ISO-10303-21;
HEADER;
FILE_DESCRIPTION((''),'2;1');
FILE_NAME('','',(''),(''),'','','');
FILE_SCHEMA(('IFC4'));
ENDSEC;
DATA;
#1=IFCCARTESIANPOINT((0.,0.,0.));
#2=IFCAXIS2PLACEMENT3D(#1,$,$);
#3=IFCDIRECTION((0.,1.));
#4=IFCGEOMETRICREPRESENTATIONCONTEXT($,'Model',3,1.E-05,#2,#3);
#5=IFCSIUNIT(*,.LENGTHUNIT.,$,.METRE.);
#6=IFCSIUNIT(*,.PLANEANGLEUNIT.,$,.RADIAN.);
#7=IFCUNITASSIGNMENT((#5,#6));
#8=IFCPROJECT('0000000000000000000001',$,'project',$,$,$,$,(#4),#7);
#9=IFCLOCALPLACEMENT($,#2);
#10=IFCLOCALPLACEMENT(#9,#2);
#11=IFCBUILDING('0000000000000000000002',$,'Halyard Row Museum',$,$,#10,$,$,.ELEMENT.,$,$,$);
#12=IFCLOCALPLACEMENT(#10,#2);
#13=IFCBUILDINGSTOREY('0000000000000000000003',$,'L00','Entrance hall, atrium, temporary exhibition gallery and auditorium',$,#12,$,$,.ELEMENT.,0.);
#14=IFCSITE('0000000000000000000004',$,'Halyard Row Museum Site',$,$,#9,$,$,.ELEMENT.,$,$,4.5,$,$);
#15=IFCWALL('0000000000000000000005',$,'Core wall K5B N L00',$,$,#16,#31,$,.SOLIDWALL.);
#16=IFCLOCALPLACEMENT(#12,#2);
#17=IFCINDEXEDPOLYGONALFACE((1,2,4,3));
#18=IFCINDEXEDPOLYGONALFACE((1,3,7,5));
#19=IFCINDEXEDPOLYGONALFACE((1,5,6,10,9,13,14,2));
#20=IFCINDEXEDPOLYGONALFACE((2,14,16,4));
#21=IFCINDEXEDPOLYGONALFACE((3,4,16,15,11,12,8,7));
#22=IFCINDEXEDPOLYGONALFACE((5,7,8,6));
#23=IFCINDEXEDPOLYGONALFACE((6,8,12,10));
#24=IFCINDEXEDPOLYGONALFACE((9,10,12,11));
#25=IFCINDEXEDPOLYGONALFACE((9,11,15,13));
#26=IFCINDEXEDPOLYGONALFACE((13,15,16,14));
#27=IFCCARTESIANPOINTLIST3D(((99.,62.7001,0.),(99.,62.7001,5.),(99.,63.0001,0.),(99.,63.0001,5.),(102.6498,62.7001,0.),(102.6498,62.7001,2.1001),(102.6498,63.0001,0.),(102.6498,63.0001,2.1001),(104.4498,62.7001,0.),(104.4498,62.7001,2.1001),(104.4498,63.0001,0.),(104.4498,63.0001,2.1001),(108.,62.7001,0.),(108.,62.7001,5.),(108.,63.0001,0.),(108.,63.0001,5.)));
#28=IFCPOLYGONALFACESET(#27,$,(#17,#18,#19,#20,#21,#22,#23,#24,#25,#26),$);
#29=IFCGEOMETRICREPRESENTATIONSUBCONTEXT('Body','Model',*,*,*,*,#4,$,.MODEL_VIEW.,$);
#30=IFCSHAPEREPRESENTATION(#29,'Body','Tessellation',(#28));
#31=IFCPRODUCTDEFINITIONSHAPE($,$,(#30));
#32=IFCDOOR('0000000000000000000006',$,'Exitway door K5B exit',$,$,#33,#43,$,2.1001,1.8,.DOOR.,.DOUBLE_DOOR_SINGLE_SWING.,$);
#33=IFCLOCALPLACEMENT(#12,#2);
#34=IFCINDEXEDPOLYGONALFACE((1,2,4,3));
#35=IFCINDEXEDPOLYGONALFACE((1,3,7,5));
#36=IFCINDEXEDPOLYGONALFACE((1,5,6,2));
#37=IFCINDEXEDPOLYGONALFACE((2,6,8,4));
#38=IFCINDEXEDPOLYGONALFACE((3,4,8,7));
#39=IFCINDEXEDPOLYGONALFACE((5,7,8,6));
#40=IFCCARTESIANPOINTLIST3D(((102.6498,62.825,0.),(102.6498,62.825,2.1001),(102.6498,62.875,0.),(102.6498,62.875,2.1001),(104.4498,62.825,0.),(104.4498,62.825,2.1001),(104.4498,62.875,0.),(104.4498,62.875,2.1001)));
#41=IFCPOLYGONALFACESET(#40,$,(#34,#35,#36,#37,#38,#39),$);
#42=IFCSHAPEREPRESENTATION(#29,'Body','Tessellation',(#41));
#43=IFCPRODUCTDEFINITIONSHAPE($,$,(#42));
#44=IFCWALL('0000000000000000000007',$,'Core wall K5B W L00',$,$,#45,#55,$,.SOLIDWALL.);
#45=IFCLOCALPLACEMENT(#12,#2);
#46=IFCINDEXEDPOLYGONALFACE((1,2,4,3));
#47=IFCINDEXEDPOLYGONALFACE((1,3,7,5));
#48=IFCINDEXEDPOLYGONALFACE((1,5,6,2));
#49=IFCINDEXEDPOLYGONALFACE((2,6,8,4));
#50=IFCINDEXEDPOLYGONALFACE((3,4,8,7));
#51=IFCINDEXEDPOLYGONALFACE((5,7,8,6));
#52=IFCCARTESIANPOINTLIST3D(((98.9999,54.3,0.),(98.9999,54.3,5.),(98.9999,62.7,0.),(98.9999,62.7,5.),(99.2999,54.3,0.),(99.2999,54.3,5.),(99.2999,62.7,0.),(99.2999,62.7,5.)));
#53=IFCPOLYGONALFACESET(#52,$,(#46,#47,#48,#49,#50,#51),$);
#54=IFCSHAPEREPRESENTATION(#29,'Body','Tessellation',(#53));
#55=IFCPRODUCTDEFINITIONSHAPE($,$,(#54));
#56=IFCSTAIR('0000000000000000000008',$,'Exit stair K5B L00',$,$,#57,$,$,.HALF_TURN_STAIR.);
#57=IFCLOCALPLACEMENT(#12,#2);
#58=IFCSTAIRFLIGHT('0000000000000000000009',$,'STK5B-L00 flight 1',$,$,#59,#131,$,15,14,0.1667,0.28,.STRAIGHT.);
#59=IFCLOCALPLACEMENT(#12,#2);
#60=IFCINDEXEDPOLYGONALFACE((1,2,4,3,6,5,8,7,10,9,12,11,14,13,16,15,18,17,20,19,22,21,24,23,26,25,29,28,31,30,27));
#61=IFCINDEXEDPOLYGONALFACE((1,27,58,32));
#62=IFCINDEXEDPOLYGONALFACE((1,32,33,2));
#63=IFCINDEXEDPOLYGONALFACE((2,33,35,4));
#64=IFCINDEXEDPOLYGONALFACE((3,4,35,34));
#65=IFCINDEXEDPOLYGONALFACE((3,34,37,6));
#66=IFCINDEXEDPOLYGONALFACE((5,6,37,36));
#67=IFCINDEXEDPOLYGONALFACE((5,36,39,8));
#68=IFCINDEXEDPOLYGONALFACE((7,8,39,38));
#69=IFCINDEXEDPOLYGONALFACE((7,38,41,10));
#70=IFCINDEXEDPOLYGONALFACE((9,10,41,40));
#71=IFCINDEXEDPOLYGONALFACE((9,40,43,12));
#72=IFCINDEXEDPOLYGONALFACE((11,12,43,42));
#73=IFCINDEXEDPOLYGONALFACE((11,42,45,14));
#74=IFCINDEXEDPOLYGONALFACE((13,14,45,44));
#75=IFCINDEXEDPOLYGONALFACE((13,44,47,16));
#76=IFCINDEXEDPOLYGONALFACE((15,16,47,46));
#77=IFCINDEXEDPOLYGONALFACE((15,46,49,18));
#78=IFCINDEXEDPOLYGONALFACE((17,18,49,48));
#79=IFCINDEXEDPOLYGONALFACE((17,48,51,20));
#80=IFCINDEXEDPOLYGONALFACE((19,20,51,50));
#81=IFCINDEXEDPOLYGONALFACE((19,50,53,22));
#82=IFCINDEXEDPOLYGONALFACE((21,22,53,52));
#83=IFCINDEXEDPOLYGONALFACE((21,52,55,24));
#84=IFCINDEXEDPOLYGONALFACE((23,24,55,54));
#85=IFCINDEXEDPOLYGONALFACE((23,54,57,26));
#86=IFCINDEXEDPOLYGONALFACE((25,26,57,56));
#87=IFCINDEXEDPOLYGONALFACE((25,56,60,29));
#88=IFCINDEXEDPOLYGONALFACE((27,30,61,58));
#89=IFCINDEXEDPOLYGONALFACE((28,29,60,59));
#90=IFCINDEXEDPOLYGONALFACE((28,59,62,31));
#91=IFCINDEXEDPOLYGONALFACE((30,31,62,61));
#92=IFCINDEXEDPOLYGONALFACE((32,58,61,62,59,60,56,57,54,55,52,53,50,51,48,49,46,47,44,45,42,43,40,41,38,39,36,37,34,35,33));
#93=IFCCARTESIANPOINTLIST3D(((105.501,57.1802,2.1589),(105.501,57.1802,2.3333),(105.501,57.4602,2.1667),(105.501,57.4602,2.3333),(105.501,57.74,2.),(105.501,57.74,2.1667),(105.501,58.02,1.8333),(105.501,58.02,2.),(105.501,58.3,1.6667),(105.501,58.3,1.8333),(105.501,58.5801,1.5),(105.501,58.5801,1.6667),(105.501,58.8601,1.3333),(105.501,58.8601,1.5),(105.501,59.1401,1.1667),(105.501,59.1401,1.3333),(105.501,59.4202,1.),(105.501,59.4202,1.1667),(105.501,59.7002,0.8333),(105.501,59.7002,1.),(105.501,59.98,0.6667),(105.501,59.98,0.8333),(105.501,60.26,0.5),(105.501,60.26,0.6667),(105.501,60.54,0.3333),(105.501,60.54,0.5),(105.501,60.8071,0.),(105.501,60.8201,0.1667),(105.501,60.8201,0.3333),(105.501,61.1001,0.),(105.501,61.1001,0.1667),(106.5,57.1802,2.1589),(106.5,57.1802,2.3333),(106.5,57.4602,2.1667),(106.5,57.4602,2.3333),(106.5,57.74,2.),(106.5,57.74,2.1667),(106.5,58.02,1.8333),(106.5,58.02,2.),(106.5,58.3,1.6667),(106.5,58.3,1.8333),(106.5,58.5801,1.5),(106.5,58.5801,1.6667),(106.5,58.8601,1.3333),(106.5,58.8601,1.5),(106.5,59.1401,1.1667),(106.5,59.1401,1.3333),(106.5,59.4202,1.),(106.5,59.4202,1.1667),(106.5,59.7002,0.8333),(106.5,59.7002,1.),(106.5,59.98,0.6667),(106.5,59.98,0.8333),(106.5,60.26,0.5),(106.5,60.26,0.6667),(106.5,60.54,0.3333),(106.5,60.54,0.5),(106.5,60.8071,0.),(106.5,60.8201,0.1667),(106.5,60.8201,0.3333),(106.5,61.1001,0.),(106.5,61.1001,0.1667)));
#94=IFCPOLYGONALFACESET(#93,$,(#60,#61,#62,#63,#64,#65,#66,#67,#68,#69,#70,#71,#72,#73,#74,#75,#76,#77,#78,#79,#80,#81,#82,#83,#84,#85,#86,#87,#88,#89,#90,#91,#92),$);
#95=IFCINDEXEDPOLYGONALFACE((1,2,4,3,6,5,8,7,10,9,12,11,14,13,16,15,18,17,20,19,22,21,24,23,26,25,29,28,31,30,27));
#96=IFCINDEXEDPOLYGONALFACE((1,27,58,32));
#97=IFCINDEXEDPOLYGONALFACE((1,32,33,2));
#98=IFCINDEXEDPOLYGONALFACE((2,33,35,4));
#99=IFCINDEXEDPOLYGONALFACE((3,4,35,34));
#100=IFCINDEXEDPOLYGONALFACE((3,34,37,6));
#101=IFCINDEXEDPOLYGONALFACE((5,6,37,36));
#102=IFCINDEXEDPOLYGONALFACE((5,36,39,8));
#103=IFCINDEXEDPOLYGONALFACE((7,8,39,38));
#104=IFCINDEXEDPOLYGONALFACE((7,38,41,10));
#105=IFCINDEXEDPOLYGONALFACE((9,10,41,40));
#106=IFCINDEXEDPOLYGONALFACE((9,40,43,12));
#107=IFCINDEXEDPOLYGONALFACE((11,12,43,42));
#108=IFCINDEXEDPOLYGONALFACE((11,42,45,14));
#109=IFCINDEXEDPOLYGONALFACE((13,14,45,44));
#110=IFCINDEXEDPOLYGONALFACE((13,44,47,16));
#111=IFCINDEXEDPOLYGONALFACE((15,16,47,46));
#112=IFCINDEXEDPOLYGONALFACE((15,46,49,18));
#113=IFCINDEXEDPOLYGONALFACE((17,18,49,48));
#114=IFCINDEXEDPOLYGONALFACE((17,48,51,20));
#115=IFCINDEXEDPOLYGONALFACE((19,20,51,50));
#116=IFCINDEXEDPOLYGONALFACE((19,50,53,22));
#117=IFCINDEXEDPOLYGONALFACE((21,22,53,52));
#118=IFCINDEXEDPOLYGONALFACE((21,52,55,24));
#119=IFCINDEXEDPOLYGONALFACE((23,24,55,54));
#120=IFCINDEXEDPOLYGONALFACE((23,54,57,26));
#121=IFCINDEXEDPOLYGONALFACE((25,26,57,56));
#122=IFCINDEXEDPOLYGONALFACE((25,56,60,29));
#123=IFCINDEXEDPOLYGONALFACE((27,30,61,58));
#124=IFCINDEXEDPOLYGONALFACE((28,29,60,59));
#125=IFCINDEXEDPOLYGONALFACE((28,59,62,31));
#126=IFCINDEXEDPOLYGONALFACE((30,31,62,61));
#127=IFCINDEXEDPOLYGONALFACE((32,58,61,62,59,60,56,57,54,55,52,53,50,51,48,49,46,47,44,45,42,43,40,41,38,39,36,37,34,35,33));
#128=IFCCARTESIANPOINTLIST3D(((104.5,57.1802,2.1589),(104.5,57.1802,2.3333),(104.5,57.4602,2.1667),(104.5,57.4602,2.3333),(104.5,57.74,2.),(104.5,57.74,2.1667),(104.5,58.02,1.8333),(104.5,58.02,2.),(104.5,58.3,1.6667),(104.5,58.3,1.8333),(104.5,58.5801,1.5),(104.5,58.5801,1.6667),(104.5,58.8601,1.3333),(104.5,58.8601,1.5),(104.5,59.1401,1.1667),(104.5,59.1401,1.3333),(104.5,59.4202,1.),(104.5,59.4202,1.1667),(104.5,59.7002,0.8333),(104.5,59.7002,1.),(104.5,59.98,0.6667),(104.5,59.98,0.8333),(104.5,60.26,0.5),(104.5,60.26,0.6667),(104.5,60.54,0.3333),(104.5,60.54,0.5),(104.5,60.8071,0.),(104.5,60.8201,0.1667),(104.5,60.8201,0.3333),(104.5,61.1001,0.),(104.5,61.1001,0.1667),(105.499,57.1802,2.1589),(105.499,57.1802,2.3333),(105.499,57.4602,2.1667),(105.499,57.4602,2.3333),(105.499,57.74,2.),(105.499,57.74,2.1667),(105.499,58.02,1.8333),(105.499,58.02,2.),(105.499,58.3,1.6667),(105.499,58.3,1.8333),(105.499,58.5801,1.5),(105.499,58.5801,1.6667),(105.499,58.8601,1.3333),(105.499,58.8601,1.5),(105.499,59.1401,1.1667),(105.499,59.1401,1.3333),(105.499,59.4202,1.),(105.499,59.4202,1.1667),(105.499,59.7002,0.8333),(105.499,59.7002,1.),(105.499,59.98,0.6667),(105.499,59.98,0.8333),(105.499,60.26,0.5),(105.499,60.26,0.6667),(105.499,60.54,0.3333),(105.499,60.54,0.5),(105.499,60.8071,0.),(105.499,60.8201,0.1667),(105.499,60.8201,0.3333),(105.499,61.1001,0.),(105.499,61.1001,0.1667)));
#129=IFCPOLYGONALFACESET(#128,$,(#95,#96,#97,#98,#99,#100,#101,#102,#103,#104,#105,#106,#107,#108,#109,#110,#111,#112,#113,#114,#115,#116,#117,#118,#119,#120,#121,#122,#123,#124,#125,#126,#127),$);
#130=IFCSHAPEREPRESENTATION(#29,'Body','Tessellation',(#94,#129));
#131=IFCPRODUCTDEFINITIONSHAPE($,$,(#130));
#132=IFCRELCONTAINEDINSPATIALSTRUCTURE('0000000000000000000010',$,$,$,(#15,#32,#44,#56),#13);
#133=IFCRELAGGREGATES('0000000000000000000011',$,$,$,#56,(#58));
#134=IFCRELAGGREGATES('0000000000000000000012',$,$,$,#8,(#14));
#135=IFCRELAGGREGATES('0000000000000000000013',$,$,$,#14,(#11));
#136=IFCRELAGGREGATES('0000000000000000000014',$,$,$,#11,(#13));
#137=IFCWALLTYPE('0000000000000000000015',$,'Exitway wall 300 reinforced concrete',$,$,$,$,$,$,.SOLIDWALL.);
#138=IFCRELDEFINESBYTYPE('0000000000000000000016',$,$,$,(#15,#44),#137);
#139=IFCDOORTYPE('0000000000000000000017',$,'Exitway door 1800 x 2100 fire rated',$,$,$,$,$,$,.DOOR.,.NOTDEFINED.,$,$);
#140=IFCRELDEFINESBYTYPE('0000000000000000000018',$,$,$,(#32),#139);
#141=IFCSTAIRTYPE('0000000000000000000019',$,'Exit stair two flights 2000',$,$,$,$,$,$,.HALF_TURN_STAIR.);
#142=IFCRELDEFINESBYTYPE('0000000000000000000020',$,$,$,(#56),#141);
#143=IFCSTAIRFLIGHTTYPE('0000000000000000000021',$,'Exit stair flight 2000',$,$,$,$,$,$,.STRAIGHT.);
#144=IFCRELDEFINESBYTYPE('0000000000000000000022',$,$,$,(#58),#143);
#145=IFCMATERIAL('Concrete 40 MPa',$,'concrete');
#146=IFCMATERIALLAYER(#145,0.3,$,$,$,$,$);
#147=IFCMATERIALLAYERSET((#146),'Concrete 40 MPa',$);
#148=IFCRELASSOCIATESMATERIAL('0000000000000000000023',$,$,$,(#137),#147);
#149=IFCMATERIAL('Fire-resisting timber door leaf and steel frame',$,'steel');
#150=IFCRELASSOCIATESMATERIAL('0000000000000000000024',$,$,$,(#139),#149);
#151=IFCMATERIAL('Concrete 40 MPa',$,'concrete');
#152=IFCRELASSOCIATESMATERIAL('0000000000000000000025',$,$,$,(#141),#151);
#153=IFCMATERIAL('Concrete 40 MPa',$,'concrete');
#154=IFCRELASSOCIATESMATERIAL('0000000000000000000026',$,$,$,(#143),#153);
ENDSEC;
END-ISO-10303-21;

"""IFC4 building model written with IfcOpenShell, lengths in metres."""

from ifc_helpers import new_model, si_unit, direction, frame, frame_2d, origin, place, context, subcontext, project, spatial, polyline, rectangle, outline, extrude, material, layer, layer_set, type_object, element, fill, aggregate, save


model = new_model("IFC4")

# Units and contexts
model_context = context("Model", 3, precision=1e-05, world=origin(), true_north=direction((0.0, 1.0)))
body_context = subcontext(model_context, "Body", "Model", "MODEL_VIEW")
ifc_project = project(units=[si_unit("LENGTHUNIT", "METRE"), si_unit("PLANEANGLEUNIT", "RADIAN")], contexts=[model_context])

# Site, building, storey
site_placement = place(None, origin())
site = spatial("IfcSite", under=ifc_project, at=site_placement, Name="Halyard Row Museum Site", CompositionType="ELEMENT", RefElevation=4.5)
building_placement = place(site_placement, origin())
building = spatial("IfcBuilding", under=site, at=building_placement, Name="Halyard Row Museum", CompositionType="ELEMENT")
storey_placement = place(building_placement, origin())
storey = spatial("IfcBuildingStorey", under=building, at=storey_placement, Name="L00", Description="Entrance hall, atrium, temporary exhibition gallery and auditorium", CompositionType="ELEMENT", Elevation=0.0)

# Shared definitions
ifc_material_1 = material(Name="Concrete 40 MPa", Category="concrete")
ifc_layer_1 = layer(ifc_material_1, 0.3)
ifc_layer_set_1 = layer_set([ifc_layer_1], Name="Concrete 40 MPa")
wall_type_1 = type_object("IfcWallType", Name="Exitway wall 300 reinforced concrete", PredefinedType="SOLIDWALL", material=ifc_layer_set_1)

# Wall, opening, door
wall_1_placement = place(storey_placement, frame((99.0, 62.8501, 0.0), z_axis=(0.0, 0.0, 1.0), x_axis=(1.0, 0.0, 0.0)))
wall_1 = element("IfcWall", 1, at=wall_1_placement, inside=storey, type_object=wall_type_1, Name="Core wall K5B N L00", PredefinedType="SOLIDWALL", context=body_context, shape_type="SweptSolid", body=[
    extrude(rectangle(XDim=9.0, YDim=0.3, at=frame_2d((4.5, 0.0))), origin(), (0.0, 0.0, 1.0), 5.0),
])
opening_1_placement = place(wall_1_placement, frame((3.6499, 0.0, 0.0)))
opening_1 = element("IfcOpeningElement", 2, at=opening_1_placement, cuts=wall_1, PredefinedType="OPENING", context=body_context, shape_type="SweptSolid", body=[
    extrude(rectangle(XDim=1.8, YDim=2.1001, at=frame_2d((0.8999, 1.05))), frame((0.0, 0.1599, 0.0), z_axis=(0.0, -1.0, 0.0), x_axis=(1.0, 0.0, 0.0)), (0.0, 0.0, 1.0), 0.3201),
])
ifc_material_2 = material(Name="Fire-resisting timber door leaf and steel frame", Category="steel")
door_type_1 = type_object("IfcDoorType", Name="Exitway door 1800 x 2100 fire rated", OperationType="NOTDEFINED", PredefinedType="DOOR", material=ifc_material_2)
door_1_placement = place(opening_1_placement, origin())
door_1 = element("IfcDoor", 3, at=door_1_placement, inside=storey, type_object=door_type_1, Name="Exitway door K5B exit", OperationType="DOUBLE_DOOR_SINGLE_SWING", OverallHeight=2.1001, OverallWidth=1.8, PredefinedType="DOOR", context=body_context, shape_type="SweptSolid", body=[
    extrude(rectangle(XDim=1.8, YDim=2.1001, at=frame_2d((0.8999, 1.05))), frame((0.0, 0.0249, 0.0), z_axis=(0.0, -1.0, 0.0), x_axis=(1.0, 0.0, 0.0)), (0.0, 0.0, 1.0), 0.05),
])
fill(opening_1, door_1)

# Wall
wall_2_placement = place(storey_placement, frame((99.1499, 54.3, 0.0), z_axis=(0.0, 0.0, 1.0), x_axis=(0.0, 1.0, 0.0)))
element("IfcWall", 4, at=wall_2_placement, inside=storey, type_object=wall_type_1, Name="Core wall K5B W L00", PredefinedType="SOLIDWALL", context=body_context, shape_type="SweptSolid", body=[
    extrude(rectangle(XDim=8.3999, YDim=0.3, at=frame_2d((4.2, 0.0))), origin(), (0.0, 0.0, 1.0), 5.0),
])

# Stair, stair flight
ifc_material_3 = material(Name="Concrete 40 MPa", Category="concrete")
stair_type_1 = type_object("IfcStairType", Name="Exit stair two flights 2000", PredefinedType="HALF_TURN_STAIR", material=ifc_material_3)
stair_1_placement = place(storey_placement, origin())
stair_1 = element("IfcStair", 5, at=stair_1_placement, inside=storey, type_object=stair_type_1, Name="Exit stair K5B L00", PredefinedType="HALF_TURN_STAIR")
ifc_material_4 = material(Name="Concrete 40 MPa", Category="concrete")
stair_flight_type_1 = type_object("IfcStairFlightType", Name="Exit stair flight 2000", PredefinedType="STRAIGHT", material=ifc_material_4)
stair_flight_1_placement = place(storey_placement, frame((105.5, 61.1001, 0.0), z_axis=(0.0, 0.0, 1.0), x_axis=(0.0, -1.0, 0.0)))
stair_flight_1 = element("IfcStairFlight", 6, at=stair_flight_1_placement, type_object=stair_flight_type_1, Name="STK5B-L00 flight 1", NumberOfRisers=15, NumberOfTreads=14, PredefinedType="STRAIGHT", RiserHeight=0.1667, TreadLength=0.28, context=body_context, shape_type="SweptSolid", body=[
    extrude(outline(polyline([(0.0, 0.0), (0.0, 0.1667), (0.28, 0.1667), (0.28, 0.3333), (0.5601, 0.3333), (0.5601, 0.5), (0.8401, 0.5), (0.8401, 0.6667), (1.1201, 0.6667), (1.1201, 0.8333), (1.3999, 0.8333), (1.3999, 1.0), (1.6799, 1.0), (1.6799, 1.1667), (1.96, 1.1667), (1.96, 1.3333), (2.24, 1.3333), (2.24, 1.5), (2.52, 1.5), (2.52, 1.6667), (2.8, 1.6667), (2.8, 1.8333), (3.0801, 1.8333), (3.0801, 2.0), (3.3601, 2.0), (3.3601, 2.1667), (3.6399, 2.1667), (3.6399, 2.3333), (3.9199, 2.3333), (3.9199, 2.5), (3.9199, 2.1589), (0.293, 0.0), (0.0, 0.0)])), frame((0.0, 1.0, 0.0), z_axis=(0.0, -1.0, 0.0), x_axis=(1.0, 0.0, 0.0)), (0.0, 0.0, 1.0), 0.999),
    extrude(outline(polyline([(0.0, 0.0), (0.0, 0.1667), (0.28, 0.1667), (0.28, 0.3333), (0.5601, 0.3333), (0.5601, 0.5), (0.8401, 0.5), (0.8401, 0.6667), (1.1201, 0.6667), (1.1201, 0.8333), (1.3999, 0.8333), (1.3999, 1.0), (1.6799, 1.0), (1.6799, 1.1667), (1.96, 1.1667), (1.96, 1.3333), (2.24, 1.3333), (2.24, 1.5), (2.52, 1.5), (2.52, 1.6667), (2.8, 1.6667), (2.8, 1.8333), (3.0801, 1.8333), (3.0801, 2.0), (3.3601, 2.0), (3.3601, 2.1667), (3.6399, 2.1667), (3.6399, 2.3333), (3.9199, 2.3333), (3.9199, 2.5), (3.9199, 2.1589), (0.293, 0.0), (0.0, 0.0)])), frame((0.0, -0.001, 0.0), z_axis=(0.0, -1.0, 0.0), x_axis=(1.0, 0.0, 0.0)), (0.0, 0.0, 1.0), 0.999),
])
aggregate(stair_1, [stair_flight_1])

save(model, "model.ifc")
